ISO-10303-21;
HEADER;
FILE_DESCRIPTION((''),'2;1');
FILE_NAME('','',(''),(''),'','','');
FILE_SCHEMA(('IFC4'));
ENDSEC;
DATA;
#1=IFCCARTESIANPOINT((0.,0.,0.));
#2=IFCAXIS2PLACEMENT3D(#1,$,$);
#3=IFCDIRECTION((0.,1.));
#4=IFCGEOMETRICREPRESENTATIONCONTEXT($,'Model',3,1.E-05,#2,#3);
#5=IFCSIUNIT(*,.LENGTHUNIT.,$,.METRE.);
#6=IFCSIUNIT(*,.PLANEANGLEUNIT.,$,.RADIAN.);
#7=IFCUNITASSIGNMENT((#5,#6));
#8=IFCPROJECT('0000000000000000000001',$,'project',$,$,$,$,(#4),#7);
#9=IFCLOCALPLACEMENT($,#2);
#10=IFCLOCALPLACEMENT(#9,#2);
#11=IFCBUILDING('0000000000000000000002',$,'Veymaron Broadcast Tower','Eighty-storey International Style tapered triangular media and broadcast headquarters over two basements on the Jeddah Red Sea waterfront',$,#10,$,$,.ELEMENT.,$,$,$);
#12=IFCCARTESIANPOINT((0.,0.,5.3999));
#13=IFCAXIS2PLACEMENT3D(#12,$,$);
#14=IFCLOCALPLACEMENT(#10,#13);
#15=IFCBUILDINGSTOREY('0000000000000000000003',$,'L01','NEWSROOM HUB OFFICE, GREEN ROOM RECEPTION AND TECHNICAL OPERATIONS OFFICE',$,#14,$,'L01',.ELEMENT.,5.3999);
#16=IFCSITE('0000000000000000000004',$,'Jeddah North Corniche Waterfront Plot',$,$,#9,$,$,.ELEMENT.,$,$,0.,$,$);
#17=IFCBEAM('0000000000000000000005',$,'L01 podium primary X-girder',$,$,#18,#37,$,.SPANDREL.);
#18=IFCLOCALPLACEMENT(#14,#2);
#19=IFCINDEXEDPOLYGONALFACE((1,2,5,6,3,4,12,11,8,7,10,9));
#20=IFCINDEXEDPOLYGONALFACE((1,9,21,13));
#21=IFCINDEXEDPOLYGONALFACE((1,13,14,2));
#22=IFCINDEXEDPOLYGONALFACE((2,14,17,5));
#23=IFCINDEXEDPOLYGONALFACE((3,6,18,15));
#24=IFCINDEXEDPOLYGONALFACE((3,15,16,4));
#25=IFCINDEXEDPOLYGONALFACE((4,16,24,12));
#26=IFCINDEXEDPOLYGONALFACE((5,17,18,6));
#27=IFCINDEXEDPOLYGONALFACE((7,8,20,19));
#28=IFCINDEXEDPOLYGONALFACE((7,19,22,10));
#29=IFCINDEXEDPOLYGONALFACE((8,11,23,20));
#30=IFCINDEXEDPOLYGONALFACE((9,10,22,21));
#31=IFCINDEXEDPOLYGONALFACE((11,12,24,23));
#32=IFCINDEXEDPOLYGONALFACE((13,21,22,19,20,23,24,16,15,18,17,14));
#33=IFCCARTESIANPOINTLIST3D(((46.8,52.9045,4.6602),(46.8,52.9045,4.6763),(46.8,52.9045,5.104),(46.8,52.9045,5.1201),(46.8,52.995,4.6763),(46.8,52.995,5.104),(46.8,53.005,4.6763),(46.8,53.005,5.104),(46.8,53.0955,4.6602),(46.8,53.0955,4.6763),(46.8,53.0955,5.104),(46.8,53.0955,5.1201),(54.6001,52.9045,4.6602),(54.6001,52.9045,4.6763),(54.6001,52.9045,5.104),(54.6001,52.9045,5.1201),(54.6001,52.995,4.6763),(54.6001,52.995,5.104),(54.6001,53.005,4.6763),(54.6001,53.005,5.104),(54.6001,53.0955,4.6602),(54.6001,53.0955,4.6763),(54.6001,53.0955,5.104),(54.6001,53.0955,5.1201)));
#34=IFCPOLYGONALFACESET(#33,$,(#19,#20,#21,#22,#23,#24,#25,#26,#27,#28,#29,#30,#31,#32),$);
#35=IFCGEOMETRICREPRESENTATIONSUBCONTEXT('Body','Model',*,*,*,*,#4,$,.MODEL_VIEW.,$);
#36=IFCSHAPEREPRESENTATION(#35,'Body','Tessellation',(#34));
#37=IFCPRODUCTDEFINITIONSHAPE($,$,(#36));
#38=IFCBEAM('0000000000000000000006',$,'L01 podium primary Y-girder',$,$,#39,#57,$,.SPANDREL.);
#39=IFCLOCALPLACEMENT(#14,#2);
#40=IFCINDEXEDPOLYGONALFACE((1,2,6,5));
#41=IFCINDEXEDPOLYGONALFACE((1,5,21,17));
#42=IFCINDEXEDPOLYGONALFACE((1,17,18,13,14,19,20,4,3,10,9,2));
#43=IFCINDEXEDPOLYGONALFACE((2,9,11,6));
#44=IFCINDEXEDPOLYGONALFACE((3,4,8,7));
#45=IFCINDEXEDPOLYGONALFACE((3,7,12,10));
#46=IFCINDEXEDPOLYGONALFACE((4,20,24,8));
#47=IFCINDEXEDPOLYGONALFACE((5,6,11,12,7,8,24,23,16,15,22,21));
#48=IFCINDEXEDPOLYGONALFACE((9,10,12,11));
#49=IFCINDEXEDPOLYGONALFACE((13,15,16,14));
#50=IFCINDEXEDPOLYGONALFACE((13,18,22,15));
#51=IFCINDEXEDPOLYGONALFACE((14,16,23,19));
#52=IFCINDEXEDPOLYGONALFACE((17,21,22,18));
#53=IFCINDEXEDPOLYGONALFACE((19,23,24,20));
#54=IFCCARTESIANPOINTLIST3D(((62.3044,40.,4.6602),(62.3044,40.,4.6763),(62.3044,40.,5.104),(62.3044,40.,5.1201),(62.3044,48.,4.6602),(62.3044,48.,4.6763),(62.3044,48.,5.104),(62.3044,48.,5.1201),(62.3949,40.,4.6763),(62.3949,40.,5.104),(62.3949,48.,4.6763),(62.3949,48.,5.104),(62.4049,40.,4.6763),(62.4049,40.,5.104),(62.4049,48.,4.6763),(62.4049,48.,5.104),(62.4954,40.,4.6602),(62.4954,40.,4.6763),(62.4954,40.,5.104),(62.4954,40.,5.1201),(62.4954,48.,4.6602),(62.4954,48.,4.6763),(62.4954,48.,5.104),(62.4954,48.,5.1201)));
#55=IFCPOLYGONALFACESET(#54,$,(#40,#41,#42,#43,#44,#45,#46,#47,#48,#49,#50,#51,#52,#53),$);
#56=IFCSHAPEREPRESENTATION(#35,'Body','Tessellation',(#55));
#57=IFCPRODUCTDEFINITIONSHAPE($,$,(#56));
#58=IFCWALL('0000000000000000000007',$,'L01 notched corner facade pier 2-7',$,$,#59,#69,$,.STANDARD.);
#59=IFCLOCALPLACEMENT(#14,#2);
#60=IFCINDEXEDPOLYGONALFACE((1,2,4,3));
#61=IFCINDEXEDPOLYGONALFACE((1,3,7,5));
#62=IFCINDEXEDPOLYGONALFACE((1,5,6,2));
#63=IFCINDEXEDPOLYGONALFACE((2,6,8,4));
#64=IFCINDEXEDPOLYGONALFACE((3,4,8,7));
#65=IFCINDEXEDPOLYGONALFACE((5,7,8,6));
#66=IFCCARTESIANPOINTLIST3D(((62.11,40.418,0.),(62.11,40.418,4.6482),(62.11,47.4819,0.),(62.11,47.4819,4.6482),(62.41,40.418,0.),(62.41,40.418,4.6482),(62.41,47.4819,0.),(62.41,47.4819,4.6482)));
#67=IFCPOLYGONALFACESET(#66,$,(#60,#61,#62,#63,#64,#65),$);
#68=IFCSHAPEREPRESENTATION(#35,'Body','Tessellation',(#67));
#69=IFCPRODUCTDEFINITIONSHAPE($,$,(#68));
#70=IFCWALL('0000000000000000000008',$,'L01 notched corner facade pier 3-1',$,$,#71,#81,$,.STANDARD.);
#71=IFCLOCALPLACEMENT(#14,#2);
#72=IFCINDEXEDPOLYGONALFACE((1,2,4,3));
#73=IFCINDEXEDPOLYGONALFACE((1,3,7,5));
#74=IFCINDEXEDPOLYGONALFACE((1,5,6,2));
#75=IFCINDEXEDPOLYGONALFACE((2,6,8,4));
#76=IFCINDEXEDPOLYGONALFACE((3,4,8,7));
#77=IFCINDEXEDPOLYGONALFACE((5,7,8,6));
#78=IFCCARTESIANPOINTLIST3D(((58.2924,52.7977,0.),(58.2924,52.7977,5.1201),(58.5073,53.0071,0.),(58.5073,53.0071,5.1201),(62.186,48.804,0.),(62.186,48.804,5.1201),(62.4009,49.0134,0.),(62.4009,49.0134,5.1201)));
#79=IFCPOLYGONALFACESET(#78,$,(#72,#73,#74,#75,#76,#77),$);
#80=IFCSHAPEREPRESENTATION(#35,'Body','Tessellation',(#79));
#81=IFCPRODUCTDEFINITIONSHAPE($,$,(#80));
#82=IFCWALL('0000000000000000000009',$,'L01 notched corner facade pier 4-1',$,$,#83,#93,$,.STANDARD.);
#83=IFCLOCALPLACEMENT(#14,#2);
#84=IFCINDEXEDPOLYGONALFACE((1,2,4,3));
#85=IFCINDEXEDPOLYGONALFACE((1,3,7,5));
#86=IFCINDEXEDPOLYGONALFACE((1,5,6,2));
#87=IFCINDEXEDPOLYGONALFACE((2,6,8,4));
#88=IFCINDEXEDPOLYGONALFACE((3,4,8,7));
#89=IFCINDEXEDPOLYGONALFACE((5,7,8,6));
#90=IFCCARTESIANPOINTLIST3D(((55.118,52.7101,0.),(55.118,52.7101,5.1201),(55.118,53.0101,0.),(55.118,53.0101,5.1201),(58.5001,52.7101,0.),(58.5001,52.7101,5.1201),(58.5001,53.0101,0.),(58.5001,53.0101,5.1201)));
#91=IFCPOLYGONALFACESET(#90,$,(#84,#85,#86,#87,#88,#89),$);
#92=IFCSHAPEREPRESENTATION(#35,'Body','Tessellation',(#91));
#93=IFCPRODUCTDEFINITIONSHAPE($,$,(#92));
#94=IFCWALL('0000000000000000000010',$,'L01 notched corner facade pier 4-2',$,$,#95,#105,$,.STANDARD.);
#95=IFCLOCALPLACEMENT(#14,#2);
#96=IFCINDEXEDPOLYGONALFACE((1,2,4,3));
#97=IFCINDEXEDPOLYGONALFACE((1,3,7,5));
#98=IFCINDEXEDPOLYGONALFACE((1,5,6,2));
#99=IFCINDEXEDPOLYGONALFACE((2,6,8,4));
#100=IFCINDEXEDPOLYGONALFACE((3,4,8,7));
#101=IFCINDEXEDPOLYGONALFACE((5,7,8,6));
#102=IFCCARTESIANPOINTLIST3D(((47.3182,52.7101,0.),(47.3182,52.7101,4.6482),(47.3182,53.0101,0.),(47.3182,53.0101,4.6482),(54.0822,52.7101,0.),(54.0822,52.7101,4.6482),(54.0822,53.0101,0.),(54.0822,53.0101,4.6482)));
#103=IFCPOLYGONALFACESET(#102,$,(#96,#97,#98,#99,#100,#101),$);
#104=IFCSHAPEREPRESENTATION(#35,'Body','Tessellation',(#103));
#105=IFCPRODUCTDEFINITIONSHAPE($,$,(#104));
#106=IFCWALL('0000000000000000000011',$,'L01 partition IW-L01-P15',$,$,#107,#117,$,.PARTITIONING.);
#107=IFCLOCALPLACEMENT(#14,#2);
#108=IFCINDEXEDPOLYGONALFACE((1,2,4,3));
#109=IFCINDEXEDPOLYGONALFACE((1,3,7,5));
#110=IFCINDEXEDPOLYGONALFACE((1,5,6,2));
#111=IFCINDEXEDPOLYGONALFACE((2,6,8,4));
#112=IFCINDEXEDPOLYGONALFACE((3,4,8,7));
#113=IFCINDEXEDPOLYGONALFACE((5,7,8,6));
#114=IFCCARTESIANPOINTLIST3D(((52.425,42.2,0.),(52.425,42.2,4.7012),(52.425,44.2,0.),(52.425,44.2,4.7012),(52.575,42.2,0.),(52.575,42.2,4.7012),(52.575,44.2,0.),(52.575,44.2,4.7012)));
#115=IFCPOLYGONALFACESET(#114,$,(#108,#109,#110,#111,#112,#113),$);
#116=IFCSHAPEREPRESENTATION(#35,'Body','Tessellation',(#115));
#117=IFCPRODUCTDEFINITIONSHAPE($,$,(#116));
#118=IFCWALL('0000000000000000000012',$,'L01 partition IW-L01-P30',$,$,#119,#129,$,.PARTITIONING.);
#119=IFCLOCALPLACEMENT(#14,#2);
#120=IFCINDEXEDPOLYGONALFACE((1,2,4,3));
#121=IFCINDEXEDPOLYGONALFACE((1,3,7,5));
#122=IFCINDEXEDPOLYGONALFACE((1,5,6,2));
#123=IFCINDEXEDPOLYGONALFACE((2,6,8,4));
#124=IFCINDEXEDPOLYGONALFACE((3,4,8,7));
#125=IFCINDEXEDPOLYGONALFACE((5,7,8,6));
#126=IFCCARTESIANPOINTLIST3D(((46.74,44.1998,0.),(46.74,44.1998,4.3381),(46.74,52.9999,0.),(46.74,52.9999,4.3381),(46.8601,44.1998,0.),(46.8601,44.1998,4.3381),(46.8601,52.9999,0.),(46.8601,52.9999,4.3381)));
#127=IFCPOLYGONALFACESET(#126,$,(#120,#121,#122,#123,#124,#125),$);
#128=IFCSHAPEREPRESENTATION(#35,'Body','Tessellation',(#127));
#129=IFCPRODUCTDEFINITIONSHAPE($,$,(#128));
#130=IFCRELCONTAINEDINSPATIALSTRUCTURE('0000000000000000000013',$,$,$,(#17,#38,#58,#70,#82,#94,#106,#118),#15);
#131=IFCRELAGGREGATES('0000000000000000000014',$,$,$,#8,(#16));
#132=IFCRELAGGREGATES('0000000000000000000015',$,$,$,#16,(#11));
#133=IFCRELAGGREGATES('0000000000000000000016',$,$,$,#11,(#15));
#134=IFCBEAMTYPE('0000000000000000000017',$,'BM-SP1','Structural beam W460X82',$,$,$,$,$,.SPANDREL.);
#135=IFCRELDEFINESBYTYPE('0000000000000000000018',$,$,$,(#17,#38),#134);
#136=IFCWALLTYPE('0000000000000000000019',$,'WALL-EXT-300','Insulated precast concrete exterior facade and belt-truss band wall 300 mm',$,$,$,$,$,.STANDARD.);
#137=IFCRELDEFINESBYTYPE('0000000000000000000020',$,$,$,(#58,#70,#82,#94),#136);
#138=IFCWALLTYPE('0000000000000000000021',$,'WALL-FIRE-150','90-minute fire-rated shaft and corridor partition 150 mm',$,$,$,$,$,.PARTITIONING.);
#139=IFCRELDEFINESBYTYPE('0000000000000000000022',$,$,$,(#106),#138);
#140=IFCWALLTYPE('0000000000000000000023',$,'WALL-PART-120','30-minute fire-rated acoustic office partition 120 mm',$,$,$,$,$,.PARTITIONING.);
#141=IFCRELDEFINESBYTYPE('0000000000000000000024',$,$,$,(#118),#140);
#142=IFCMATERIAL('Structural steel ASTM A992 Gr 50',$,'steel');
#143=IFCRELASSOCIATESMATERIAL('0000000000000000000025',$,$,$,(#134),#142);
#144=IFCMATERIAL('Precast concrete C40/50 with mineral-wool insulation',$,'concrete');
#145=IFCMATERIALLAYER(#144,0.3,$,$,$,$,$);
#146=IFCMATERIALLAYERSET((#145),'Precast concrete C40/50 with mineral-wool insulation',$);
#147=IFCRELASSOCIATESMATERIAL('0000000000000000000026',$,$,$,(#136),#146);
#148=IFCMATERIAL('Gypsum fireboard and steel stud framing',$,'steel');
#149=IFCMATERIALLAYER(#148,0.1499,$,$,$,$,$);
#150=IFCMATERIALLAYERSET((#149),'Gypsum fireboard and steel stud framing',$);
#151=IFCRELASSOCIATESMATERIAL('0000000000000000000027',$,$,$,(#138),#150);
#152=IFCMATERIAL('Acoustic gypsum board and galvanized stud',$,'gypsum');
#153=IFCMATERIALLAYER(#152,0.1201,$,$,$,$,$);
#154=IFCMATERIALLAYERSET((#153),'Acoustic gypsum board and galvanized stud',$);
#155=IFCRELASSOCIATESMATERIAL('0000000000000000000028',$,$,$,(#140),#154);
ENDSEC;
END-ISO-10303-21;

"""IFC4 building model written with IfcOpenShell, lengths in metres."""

from ifc_helpers import new_model, si_unit, direction, frame, frame_2d, origin, origin_2d, place, context, subcontext, project, spatial, rectangle, i_section, extrude, material, layer, layer_set, material_profile, profile_set, type_object, element, save


model = new_model("IFC4")

# Units and contexts
model_context = context("Model", 3, precision=1e-05, world=origin(), true_north=direction((0.0, 1.0)))
body_context = subcontext(model_context, "Body", "Model", "MODEL_VIEW")
ifc_project = project(units=[si_unit("LENGTHUNIT", "METRE"), si_unit("PLANEANGLEUNIT", "RADIAN")], contexts=[model_context])

# Site, building, storey
site_placement = place(None, origin())
site = spatial("IfcSite", under=ifc_project, at=site_placement, Name="Jeddah North Corniche Waterfront Plot", CompositionType="ELEMENT", RefElevation=0.0)
building_placement = place(site_placement, origin())
building = spatial("IfcBuilding", under=site, at=building_placement, Name="Veymaron Broadcast Tower", Description="Eighty-storey International Style tapered triangular media and broadcast headquarters over two basements on the Jeddah Red Sea waterfront", CompositionType="ELEMENT")
storey_placement = place(building_placement, frame((0.0, 0.0, 5.3999)))
storey = spatial("IfcBuildingStorey", under=building, at=storey_placement, Name="L01", Description="NEWSROOM HUB OFFICE, GREEN ROOM RECEPTION AND TECHNICAL OPERATIONS OFFICE", LongName="L01", CompositionType="ELEMENT", Elevation=5.3999)

# Shared definitions
ifc_material_1 = material(Name="Structural steel ASTM A992 Gr 50", Category="steel")

# Beams
ifc_material_profile_1 = material_profile(ifc_material_1, i_section(OverallWidth=0.1909, OverallDepth=0.46, WebThickness=0.01, FlangeThickness=0.0161, at=origin_2d()), Name="W460X82")
ifc_profile_set_1 = profile_set([ifc_material_profile_1], Name="Structural steel ASTM A992 Gr 50")
beam_type_1 = type_object("IfcBeamType", Name="BM-SP1", Description="Structural beam W460X82", PredefinedType="SPANDREL", material=ifc_profile_set_1)
beam_1_placement = place(storey_placement, frame((46.8, 53.0, 4.8901), z_axis=(1.0, 0.0, 0.0), x_axis=(0.0, 1.0, 0.0)))
element("IfcBeam", 1, at=beam_1_placement, inside=storey, type_object=beam_type_1, Name="L01 podium primary X-girder", PredefinedType="SPANDREL", context=body_context, shape_type="SweptSolid", body=[
    extrude(i_section(OverallWidth=0.1909, OverallDepth=0.46, WebThickness=0.01, FlangeThickness=0.0161, at=origin_2d()), origin(), (0.0, 0.0, 1.0), 7.8),
])
beam_2_placement = place(storey_placement, frame((62.3999, 40.0, 4.8901), z_axis=(0.0, 1.0, 0.0), x_axis=(-1.0, 0.0, 0.0)))
element("IfcBeam", 2, at=beam_2_placement, inside=storey, type_object=beam_type_1, Name="L01 podium primary Y-girder", PredefinedType="SPANDREL", context=body_context, shape_type="SweptSolid", body=[
    extrude(i_section(OverallWidth=0.1909, OverallDepth=0.46, WebThickness=0.01, FlangeThickness=0.0161, at=origin_2d()), origin(), (0.0, 0.0, 1.0), 8.0),
])

# Walls
ifc_material_2 = material(Name="Precast concrete C40/50 with mineral-wool insulation", Category="concrete")
ifc_layer_1 = layer(ifc_material_2, 0.3)
ifc_layer_set_1 = layer_set([ifc_layer_1], Name="Precast concrete C40/50 with mineral-wool insulation")
wall_type_1 = type_object("IfcWallType", Name="WALL-EXT-300", Description="Insulated precast concrete exterior facade and belt-truss band wall 300 mm", PredefinedType="STANDARD", material=ifc_layer_set_1)
wall_1_placement = place(storey_placement, frame((62.26, 40.418, 0.0), z_axis=(0.0, 0.0, 1.0), x_axis=(0.0, 1.0, 0.0)))
element("IfcWall", 3, at=wall_1_placement, inside=storey, type_object=wall_type_1, Name="L01 notched corner facade pier 2-7", PredefinedType="STANDARD", context=body_context, shape_type="SweptSolid", body=[
    extrude(rectangle(XDim=7.064, YDim=0.3, at=frame_2d((3.532, 0.0))), origin(), (0.0, 0.0, 1.0), 4.6482),
])
wall_2_placement = place(storey_placement, frame((62.2935, 48.9087, 0.0), z_axis=(0.0, 0.0, 1.0), x_axis=(-0.698077, 0.716023, 0.0)))
element("IfcWall", 4, at=wall_2_placement, inside=storey, type_object=wall_type_1, Name="L01 notched corner facade pier 3-1", PredefinedType="STANDARD", context=body_context, shape_type="SweptSolid", body=[
    extrude(rectangle(XDim=5.5776, YDim=0.3, at=frame_2d((2.7888, 0.0))), origin(), (0.0, 0.0, 1.0), 5.1201),
])
wall_3_placement = place(storey_placement, frame((58.5, 52.8601, 0.0), z_axis=(0.0, 0.0, 1.0), x_axis=(-1.0, 0.0, 0.0)))
element("IfcWall", 5, at=wall_3_placement, inside=storey, type_object=wall_type_1, Name="L01 notched corner facade pier 4-1", PredefinedType="STANDARD", context=body_context, shape_type="SweptSolid", body=[
    extrude(rectangle(XDim=3.3821, YDim=0.3, at=frame_2d((1.6909, 0.0))), origin(), (0.0, 0.0, 1.0), 5.1201),
])
wall_4_placement = place(storey_placement, frame((54.082, 52.8601, 0.0), z_axis=(0.0, 0.0, 1.0), x_axis=(-1.0, 0.0, 0.0)))
element("IfcWall", 6, at=wall_4_placement, inside=storey, type_object=wall_type_1, Name="L01 notched corner facade pier 4-2", PredefinedType="STANDARD", context=body_context, shape_type="SweptSolid", body=[
    extrude(rectangle(XDim=6.7639, YDim=0.3, at=frame_2d((3.3818, 0.0))), origin(), (0.0, 0.0, 1.0), 4.6482),
])
ifc_material_3 = material(Name="Gypsum fireboard and steel stud framing", Category="steel")
ifc_layer_2 = layer(ifc_material_3, 0.1499)
ifc_layer_set_2 = layer_set([ifc_layer_2], Name="Gypsum fireboard and steel stud framing")
wall_type_2 = type_object("IfcWallType", Name="WALL-FIRE-150", Description="90-minute fire-rated shaft and corridor partition 150 mm", PredefinedType="PARTITIONING", material=ifc_layer_set_2)
wall_5_placement = place(storey_placement, frame((52.5, 42.2, 0.0), z_axis=(0.0, 0.0, 1.0), x_axis=(0.0, 1.0, 0.0)))
element("IfcWall", 7, at=wall_5_placement, inside=storey, type_object=wall_type_2, Name="L01 partition IW-L01-P15", PredefinedType="PARTITIONING", context=body_context, shape_type="SweptSolid", body=[
    extrude(rectangle(XDim=2.0, YDim=0.1499, at=frame_2d((1.0, 0.0))), origin(), (0.0, 0.0, 1.0), 4.7012),
])
ifc_material_4 = material(Name="Acoustic gypsum board and galvanized stud", Category="gypsum")
ifc_layer_3 = layer(ifc_material_4, 0.1201)
ifc_layer_set_3 = layer_set([ifc_layer_3], Name="Acoustic gypsum board and galvanized stud")
wall_type_3 = type_object("IfcWallType", Name="WALL-PART-120", Description="30-minute fire-rated acoustic office partition 120 mm", PredefinedType="PARTITIONING", material=ifc_layer_set_3)
wall_6_placement = place(storey_placement, frame((46.8, 44.2, 0.0), z_axis=(0.0, 0.0, 1.0), x_axis=(0.0, 1.0, 0.0)))
element("IfcWall", 8, at=wall_6_placement, inside=storey, type_object=wall_type_3, Name="L01 partition IW-L01-P30", PredefinedType="PARTITIONING", context=body_context, shape_type="SweptSolid", body=[
    extrude(rectangle(XDim=8.8, YDim=0.1201, at=frame_2d((4.3999, 0.0))), origin(), (0.0, 0.0, 1.0), 4.3381),
])

save(model, "model.ifc")
